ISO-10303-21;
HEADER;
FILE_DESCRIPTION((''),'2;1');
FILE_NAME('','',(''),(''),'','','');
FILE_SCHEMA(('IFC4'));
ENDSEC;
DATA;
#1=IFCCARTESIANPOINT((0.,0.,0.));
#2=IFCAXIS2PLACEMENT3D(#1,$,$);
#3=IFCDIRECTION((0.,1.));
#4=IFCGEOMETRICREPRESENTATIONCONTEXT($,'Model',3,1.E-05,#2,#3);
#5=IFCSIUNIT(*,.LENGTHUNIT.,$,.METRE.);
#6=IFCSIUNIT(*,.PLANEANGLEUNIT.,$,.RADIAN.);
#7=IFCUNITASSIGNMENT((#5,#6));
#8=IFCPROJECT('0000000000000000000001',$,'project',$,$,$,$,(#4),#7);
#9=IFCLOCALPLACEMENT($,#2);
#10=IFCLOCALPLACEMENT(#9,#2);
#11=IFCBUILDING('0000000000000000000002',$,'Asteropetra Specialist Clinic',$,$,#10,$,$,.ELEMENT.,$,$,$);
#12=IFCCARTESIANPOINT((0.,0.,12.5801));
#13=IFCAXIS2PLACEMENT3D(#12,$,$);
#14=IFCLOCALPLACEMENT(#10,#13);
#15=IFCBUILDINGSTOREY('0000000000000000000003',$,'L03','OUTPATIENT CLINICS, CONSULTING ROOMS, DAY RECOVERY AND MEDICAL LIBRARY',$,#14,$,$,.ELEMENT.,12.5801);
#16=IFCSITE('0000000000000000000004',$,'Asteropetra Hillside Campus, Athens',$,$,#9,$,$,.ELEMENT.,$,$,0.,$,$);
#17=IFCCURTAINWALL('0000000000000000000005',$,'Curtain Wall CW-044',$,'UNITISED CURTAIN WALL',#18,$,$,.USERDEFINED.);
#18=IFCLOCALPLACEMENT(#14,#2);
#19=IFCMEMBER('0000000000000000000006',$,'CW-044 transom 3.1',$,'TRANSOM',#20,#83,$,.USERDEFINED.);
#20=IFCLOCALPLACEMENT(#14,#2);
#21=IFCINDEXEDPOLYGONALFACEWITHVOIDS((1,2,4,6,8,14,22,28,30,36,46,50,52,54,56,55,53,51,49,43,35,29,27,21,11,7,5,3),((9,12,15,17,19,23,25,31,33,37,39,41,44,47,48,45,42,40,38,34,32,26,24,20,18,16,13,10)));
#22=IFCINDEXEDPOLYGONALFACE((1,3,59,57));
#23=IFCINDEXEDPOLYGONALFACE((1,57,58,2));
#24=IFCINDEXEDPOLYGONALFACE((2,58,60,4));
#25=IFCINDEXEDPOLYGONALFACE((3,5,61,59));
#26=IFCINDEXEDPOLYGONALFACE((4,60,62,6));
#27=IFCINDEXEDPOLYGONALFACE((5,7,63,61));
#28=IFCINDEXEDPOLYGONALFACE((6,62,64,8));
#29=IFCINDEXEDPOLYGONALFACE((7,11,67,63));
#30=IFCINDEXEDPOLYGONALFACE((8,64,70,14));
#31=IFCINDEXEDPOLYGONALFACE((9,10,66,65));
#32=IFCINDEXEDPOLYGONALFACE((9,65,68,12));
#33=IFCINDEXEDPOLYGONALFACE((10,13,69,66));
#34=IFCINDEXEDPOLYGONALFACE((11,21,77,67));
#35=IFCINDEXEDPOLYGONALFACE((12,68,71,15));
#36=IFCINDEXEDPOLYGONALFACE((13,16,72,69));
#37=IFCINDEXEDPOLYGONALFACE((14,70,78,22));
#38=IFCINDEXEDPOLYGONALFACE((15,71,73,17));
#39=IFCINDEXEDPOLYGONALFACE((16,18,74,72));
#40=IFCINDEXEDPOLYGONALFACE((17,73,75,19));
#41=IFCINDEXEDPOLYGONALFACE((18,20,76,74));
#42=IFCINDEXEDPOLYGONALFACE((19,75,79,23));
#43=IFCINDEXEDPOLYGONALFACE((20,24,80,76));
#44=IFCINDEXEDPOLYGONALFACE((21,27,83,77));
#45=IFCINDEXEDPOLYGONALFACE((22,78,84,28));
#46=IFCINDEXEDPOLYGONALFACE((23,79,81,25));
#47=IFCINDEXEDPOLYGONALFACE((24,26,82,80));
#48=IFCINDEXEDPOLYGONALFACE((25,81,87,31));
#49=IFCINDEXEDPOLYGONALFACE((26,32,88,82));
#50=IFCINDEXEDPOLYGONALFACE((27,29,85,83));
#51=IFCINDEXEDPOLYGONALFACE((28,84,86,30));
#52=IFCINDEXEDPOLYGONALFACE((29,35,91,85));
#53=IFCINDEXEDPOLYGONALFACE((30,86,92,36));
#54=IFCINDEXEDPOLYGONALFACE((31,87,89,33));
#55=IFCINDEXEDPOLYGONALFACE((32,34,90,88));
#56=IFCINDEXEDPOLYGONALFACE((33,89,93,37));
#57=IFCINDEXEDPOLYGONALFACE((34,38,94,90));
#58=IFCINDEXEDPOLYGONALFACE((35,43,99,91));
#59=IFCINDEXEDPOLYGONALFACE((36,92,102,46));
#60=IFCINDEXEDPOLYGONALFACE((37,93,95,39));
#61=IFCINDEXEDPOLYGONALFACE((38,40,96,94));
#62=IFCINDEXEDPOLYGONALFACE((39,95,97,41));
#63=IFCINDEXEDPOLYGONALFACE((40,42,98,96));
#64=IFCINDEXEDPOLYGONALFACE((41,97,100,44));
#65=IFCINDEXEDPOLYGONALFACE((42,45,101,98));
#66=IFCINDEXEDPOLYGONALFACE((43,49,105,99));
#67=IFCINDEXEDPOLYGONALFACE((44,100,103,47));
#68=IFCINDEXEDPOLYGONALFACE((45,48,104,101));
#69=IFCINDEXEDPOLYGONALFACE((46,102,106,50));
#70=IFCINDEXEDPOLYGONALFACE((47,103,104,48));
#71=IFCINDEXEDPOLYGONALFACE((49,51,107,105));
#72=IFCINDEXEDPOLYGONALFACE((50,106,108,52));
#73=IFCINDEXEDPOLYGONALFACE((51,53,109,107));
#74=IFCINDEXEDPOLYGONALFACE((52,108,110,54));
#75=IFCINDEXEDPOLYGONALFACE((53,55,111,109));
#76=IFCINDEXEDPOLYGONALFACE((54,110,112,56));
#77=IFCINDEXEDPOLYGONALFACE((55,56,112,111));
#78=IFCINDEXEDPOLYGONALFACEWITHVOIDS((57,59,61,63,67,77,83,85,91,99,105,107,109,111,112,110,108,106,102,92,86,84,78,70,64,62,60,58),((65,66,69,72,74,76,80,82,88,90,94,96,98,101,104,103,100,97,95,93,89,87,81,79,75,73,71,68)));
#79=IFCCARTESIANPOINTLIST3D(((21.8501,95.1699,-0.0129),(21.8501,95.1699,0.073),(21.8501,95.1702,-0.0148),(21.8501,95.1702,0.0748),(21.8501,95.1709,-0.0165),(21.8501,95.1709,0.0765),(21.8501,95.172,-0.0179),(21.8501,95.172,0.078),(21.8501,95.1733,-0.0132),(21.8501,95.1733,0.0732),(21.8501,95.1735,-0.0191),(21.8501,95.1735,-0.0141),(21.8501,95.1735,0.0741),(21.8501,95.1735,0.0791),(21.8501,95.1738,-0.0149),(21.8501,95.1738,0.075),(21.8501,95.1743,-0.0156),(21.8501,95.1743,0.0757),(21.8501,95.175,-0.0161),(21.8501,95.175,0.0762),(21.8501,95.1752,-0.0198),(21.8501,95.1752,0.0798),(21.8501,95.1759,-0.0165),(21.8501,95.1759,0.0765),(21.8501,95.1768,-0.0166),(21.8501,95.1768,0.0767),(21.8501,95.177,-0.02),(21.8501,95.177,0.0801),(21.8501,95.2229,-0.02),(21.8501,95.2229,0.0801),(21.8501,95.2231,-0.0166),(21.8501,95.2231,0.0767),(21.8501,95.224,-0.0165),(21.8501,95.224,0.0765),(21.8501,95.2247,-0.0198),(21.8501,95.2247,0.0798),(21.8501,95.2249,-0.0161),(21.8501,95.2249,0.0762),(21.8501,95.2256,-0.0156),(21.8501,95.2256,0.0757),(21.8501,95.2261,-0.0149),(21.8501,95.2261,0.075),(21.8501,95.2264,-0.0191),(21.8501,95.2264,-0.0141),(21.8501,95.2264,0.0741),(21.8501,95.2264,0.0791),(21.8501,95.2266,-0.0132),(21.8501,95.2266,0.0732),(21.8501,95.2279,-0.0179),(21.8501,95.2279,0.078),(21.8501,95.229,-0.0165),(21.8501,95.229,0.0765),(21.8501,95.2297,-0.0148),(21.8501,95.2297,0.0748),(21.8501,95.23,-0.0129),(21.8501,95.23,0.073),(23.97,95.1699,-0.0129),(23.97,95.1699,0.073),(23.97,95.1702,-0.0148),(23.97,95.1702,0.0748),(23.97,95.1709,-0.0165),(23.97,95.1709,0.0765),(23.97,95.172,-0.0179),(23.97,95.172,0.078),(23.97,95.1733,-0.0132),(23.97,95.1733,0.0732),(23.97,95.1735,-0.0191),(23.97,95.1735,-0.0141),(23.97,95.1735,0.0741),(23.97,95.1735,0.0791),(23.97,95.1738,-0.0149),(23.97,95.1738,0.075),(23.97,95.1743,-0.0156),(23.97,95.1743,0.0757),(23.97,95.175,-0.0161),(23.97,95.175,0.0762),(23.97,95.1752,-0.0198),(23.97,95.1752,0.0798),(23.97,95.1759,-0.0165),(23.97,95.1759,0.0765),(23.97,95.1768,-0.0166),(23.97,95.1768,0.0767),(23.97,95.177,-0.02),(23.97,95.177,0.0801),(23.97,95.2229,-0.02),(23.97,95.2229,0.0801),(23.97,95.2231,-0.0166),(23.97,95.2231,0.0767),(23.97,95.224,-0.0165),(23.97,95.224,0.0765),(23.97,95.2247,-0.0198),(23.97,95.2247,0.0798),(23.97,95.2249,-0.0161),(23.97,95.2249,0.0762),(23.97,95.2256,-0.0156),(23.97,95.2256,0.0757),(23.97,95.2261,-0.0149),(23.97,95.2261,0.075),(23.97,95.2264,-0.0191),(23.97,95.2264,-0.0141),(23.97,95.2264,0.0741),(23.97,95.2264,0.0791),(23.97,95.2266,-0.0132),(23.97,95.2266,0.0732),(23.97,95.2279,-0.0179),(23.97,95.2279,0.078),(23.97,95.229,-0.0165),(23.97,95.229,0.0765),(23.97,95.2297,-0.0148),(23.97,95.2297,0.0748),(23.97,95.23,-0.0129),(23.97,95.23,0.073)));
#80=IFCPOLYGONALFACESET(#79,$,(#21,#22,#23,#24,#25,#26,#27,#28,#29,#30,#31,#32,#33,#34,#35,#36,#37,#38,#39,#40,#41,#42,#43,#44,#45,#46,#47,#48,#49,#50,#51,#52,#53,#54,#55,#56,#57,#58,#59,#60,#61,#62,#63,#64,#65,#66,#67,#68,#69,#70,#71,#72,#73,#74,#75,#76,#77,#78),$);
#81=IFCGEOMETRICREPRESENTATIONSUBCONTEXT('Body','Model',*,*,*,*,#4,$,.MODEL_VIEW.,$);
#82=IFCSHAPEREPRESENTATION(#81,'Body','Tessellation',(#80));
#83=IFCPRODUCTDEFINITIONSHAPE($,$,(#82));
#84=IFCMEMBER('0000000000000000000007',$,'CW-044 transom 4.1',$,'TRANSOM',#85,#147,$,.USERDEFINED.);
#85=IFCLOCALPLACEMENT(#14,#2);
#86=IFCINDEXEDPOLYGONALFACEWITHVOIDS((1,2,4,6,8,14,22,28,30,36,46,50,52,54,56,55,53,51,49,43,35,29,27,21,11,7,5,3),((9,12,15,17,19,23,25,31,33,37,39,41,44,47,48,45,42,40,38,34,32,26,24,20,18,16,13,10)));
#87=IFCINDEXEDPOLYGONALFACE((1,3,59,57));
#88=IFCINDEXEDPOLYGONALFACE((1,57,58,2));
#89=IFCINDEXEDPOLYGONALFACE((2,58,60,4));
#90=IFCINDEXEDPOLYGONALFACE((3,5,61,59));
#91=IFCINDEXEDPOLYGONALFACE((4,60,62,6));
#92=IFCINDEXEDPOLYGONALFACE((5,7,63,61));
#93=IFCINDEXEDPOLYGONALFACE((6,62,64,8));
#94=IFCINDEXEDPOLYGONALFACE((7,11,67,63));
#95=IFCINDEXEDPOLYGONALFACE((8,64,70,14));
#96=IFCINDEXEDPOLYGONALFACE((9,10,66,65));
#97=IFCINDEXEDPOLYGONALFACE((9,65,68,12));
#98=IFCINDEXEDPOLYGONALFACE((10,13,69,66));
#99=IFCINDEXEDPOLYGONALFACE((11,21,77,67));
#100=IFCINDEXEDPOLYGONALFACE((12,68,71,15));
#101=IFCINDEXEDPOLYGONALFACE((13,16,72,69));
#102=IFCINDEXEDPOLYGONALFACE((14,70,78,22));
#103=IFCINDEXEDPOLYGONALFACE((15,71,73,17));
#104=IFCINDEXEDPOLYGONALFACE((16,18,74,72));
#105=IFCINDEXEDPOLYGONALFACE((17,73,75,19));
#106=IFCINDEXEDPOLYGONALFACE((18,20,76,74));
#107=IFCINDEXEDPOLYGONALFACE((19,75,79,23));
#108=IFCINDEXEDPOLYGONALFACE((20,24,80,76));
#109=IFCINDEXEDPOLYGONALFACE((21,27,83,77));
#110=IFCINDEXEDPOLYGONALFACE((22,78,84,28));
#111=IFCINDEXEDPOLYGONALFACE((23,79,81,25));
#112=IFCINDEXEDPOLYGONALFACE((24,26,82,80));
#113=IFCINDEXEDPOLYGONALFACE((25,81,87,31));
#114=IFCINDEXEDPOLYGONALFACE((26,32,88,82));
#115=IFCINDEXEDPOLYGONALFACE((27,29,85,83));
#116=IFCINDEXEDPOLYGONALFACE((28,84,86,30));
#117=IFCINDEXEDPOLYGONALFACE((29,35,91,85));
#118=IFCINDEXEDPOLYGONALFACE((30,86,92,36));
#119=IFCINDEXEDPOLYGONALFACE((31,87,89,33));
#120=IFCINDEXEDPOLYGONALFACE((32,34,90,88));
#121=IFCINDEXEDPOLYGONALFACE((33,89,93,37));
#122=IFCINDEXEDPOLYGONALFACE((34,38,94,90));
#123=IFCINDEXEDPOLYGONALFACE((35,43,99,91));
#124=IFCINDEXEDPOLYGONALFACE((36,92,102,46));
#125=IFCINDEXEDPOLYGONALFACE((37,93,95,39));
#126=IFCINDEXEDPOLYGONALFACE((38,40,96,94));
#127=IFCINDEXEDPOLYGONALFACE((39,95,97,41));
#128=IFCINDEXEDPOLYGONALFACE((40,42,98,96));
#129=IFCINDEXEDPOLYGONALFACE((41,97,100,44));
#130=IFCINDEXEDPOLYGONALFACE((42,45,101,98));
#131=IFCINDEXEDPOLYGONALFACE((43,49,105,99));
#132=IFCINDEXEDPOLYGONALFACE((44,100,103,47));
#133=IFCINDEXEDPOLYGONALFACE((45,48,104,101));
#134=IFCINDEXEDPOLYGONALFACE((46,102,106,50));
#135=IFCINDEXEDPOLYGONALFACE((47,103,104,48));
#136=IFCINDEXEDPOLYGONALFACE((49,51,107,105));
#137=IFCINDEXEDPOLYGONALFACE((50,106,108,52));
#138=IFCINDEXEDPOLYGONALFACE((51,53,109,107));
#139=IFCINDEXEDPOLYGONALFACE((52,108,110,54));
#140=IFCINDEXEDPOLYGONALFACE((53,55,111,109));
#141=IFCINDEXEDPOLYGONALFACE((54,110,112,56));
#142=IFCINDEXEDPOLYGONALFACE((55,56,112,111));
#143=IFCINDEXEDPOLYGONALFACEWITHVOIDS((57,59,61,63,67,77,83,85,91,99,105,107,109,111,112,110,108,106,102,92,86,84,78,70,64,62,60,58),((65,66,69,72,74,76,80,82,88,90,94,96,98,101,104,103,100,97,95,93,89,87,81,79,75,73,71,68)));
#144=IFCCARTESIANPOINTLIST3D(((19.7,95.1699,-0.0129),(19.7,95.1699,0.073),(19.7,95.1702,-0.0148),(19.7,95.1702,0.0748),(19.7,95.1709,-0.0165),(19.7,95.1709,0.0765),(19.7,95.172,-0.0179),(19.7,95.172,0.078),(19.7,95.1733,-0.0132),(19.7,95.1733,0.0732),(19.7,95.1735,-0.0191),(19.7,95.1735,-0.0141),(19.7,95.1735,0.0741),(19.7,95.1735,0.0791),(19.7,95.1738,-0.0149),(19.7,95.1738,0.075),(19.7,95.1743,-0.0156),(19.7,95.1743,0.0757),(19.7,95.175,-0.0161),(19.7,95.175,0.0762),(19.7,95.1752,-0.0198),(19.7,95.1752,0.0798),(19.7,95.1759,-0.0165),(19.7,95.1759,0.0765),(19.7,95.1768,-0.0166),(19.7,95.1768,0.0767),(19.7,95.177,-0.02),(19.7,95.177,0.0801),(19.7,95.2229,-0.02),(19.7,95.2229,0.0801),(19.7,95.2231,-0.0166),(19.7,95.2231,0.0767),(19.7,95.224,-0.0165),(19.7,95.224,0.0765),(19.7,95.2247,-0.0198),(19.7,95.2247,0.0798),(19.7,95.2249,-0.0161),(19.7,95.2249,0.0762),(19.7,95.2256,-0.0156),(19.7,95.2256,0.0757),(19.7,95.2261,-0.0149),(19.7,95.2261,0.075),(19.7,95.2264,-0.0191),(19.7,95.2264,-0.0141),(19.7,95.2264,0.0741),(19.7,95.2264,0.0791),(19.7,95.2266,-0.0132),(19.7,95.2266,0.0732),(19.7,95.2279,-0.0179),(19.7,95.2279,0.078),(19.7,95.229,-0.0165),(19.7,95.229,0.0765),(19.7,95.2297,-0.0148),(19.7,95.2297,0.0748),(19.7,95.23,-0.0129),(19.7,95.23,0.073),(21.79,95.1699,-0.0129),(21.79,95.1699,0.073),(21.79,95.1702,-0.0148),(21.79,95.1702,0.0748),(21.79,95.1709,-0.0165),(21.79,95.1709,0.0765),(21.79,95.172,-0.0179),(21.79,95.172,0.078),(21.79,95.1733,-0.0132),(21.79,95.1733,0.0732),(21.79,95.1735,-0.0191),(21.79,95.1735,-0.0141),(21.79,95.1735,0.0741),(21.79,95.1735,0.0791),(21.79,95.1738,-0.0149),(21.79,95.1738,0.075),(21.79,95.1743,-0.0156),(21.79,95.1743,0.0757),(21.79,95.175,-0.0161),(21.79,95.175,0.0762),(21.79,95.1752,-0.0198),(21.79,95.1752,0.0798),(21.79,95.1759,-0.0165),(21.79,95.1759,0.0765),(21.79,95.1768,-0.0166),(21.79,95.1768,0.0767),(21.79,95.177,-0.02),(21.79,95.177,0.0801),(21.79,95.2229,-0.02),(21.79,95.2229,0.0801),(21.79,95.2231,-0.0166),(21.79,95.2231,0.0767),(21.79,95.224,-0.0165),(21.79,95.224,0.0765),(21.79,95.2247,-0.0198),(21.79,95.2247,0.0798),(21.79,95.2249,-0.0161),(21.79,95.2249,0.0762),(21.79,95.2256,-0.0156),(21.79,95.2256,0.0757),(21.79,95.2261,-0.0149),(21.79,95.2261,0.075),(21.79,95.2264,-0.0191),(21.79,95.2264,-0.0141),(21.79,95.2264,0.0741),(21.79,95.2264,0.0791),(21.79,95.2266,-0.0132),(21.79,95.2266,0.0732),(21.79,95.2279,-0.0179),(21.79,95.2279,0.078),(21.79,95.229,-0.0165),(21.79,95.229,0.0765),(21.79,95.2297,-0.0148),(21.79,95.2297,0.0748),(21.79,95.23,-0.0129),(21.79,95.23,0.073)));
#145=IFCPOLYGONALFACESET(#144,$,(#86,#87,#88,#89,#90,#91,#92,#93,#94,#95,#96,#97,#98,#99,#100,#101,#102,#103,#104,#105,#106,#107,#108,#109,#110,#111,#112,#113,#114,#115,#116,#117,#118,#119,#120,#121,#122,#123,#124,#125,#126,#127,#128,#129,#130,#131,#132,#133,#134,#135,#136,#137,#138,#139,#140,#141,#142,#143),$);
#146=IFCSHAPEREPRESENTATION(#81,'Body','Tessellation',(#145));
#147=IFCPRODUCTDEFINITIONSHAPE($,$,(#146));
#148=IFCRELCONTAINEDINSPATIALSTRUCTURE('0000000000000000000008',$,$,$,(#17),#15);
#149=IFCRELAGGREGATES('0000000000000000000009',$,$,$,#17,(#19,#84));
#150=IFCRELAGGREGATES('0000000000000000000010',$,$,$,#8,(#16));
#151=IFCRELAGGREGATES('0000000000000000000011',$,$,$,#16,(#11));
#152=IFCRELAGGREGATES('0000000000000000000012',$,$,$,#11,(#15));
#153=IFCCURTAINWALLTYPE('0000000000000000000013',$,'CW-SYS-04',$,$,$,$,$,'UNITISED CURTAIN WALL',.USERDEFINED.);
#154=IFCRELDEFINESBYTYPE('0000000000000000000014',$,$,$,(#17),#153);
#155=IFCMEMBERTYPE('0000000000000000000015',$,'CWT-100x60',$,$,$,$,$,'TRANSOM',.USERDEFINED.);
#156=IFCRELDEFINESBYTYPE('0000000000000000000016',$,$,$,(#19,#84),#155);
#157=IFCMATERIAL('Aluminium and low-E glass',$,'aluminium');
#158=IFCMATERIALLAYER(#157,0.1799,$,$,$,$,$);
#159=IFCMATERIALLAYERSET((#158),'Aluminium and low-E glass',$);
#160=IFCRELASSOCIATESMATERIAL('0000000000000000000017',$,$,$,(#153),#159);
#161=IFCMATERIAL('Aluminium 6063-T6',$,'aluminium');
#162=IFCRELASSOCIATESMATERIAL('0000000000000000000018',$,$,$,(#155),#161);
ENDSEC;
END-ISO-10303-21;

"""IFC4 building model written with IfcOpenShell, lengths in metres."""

from ifc_helpers import new_model, si_unit, direction, frame, origin, origin_2d, place, context, subcontext, project, spatial, hollow_rectangle, extrude, material, layer, layer_set, material_profile, profile_set, type_object, element, aggregate, save


model = new_model("IFC4")

# Units and contexts
model_context = context("Model", 3, precision=1e-05, world=origin(), true_north=direction((0.0, 1.0)))
body_context = subcontext(model_context, "Body", "Model", "MODEL_VIEW")
ifc_project = project(units=[si_unit("LENGTHUNIT", "METRE"), si_unit("PLANEANGLEUNIT", "RADIAN")], contexts=[model_context])

# Site, building, storey
site_placement = place(None, origin())
site = spatial("IfcSite", under=ifc_project, at=site_placement, Name="Asteropetra Hillside Campus, Athens", CompositionType="ELEMENT", RefElevation=0.0)
building_placement = place(site_placement, origin())
building = spatial("IfcBuilding", under=site, at=building_placement, Name="Asteropetra Specialist Clinic", CompositionType="ELEMENT")
storey_placement = place(building_placement, frame((0.0, 0.0, 12.5801)))
storey = spatial("IfcBuildingStorey", under=building, at=storey_placement, Name="L03", Description="OUTPATIENT CLINICS, CONSULTING ROOMS, DAY RECOVERY AND MEDICAL LIBRARY", CompositionType="ELEMENT", Elevation=12.5801)

# Curtain wall
ifc_material_1 = material(Name="Aluminium and low-E glass", Category="aluminium")
ifc_layer_1 = layer(ifc_material_1, 0.1799)
ifc_layer_set_1 = layer_set([ifc_layer_1], Name="Aluminium and low-E glass")
curtain_wall_type_1 = type_object("IfcCurtainWallType", Name="CW-SYS-04", ElementType="UNITISED CURTAIN WALL", PredefinedType="USERDEFINED", material=ifc_layer_set_1)
curtain_wall_1_placement = place(storey_placement, origin())
curtain_wall_1 = element("IfcCurtainWall", 1, at=curtain_wall_1_placement, inside=storey, type_object=curtain_wall_type_1, Name="Curtain Wall CW-044", ObjectType="UNITISED CURTAIN WALL", PredefinedType="USERDEFINED")

# Members
ifc_material_2 = material(Name="Aluminium 6063-T6", Category="aluminium")
ifc_material_profile_1 = material_profile(ifc_material_2, hollow_rectangle(XDim=0.0601, YDim=0.1001, WallThickness=0.0034, InnerFilletRadius=0.0034, OuterFilletRadius=0.0071, at=origin_2d()), Name="TRN 100x60x3.5")
ifc_profile_set_1 = profile_set([ifc_material_profile_1], Name="Aluminium 6063-T6")
member_type_1 = type_object("IfcMemberType", Name="CWT-100x60", ElementType="TRANSOM", PredefinedType="USERDEFINED", material=ifc_profile_set_1)
member_1_placement = place(storey_placement, frame((23.97, 95.2, 0.03), z_axis=(-1.0, 0.0, 0.0), x_axis=(0.0, -1.0, 0.0)))
member_1 = element("IfcMember", 2, at=member_1_placement, type_object=member_type_1, Name="CW-044 transom 3.1", ObjectType="TRANSOM", PredefinedType="USERDEFINED", context=body_context, shape_type="SweptSolid", body=[
    extrude(hollow_rectangle(XDim=0.0601, YDim=0.1001, WallThickness=0.0034, InnerFilletRadius=0.0034, OuterFilletRadius=0.0071, at=origin_2d()), origin(), (0.0, 0.0, 1.0), 2.1199),
])
member_2_placement = place(storey_placement, frame((21.79, 95.2, 0.03), z_axis=(-1.0, 0.0, 0.0), x_axis=(0.0, -1.0, 0.0)))
member_2 = element("IfcMember", 3, at=member_2_placement, type_object=member_type_1, Name="CW-044 transom 4.1", ObjectType="TRANSOM", PredefinedType="USERDEFINED", context=body_context, shape_type="SweptSolid", body=[
    extrude(hollow_rectangle(XDim=0.0601, YDim=0.1001, WallThickness=0.0034, InnerFilletRadius=0.0034, OuterFilletRadius=0.0071, at=origin_2d()), origin(), (0.0, 0.0, 1.0), 2.0901),
])

aggregate(curtain_wall_1, [member_1, member_2])

save(model, "model.ifc")
